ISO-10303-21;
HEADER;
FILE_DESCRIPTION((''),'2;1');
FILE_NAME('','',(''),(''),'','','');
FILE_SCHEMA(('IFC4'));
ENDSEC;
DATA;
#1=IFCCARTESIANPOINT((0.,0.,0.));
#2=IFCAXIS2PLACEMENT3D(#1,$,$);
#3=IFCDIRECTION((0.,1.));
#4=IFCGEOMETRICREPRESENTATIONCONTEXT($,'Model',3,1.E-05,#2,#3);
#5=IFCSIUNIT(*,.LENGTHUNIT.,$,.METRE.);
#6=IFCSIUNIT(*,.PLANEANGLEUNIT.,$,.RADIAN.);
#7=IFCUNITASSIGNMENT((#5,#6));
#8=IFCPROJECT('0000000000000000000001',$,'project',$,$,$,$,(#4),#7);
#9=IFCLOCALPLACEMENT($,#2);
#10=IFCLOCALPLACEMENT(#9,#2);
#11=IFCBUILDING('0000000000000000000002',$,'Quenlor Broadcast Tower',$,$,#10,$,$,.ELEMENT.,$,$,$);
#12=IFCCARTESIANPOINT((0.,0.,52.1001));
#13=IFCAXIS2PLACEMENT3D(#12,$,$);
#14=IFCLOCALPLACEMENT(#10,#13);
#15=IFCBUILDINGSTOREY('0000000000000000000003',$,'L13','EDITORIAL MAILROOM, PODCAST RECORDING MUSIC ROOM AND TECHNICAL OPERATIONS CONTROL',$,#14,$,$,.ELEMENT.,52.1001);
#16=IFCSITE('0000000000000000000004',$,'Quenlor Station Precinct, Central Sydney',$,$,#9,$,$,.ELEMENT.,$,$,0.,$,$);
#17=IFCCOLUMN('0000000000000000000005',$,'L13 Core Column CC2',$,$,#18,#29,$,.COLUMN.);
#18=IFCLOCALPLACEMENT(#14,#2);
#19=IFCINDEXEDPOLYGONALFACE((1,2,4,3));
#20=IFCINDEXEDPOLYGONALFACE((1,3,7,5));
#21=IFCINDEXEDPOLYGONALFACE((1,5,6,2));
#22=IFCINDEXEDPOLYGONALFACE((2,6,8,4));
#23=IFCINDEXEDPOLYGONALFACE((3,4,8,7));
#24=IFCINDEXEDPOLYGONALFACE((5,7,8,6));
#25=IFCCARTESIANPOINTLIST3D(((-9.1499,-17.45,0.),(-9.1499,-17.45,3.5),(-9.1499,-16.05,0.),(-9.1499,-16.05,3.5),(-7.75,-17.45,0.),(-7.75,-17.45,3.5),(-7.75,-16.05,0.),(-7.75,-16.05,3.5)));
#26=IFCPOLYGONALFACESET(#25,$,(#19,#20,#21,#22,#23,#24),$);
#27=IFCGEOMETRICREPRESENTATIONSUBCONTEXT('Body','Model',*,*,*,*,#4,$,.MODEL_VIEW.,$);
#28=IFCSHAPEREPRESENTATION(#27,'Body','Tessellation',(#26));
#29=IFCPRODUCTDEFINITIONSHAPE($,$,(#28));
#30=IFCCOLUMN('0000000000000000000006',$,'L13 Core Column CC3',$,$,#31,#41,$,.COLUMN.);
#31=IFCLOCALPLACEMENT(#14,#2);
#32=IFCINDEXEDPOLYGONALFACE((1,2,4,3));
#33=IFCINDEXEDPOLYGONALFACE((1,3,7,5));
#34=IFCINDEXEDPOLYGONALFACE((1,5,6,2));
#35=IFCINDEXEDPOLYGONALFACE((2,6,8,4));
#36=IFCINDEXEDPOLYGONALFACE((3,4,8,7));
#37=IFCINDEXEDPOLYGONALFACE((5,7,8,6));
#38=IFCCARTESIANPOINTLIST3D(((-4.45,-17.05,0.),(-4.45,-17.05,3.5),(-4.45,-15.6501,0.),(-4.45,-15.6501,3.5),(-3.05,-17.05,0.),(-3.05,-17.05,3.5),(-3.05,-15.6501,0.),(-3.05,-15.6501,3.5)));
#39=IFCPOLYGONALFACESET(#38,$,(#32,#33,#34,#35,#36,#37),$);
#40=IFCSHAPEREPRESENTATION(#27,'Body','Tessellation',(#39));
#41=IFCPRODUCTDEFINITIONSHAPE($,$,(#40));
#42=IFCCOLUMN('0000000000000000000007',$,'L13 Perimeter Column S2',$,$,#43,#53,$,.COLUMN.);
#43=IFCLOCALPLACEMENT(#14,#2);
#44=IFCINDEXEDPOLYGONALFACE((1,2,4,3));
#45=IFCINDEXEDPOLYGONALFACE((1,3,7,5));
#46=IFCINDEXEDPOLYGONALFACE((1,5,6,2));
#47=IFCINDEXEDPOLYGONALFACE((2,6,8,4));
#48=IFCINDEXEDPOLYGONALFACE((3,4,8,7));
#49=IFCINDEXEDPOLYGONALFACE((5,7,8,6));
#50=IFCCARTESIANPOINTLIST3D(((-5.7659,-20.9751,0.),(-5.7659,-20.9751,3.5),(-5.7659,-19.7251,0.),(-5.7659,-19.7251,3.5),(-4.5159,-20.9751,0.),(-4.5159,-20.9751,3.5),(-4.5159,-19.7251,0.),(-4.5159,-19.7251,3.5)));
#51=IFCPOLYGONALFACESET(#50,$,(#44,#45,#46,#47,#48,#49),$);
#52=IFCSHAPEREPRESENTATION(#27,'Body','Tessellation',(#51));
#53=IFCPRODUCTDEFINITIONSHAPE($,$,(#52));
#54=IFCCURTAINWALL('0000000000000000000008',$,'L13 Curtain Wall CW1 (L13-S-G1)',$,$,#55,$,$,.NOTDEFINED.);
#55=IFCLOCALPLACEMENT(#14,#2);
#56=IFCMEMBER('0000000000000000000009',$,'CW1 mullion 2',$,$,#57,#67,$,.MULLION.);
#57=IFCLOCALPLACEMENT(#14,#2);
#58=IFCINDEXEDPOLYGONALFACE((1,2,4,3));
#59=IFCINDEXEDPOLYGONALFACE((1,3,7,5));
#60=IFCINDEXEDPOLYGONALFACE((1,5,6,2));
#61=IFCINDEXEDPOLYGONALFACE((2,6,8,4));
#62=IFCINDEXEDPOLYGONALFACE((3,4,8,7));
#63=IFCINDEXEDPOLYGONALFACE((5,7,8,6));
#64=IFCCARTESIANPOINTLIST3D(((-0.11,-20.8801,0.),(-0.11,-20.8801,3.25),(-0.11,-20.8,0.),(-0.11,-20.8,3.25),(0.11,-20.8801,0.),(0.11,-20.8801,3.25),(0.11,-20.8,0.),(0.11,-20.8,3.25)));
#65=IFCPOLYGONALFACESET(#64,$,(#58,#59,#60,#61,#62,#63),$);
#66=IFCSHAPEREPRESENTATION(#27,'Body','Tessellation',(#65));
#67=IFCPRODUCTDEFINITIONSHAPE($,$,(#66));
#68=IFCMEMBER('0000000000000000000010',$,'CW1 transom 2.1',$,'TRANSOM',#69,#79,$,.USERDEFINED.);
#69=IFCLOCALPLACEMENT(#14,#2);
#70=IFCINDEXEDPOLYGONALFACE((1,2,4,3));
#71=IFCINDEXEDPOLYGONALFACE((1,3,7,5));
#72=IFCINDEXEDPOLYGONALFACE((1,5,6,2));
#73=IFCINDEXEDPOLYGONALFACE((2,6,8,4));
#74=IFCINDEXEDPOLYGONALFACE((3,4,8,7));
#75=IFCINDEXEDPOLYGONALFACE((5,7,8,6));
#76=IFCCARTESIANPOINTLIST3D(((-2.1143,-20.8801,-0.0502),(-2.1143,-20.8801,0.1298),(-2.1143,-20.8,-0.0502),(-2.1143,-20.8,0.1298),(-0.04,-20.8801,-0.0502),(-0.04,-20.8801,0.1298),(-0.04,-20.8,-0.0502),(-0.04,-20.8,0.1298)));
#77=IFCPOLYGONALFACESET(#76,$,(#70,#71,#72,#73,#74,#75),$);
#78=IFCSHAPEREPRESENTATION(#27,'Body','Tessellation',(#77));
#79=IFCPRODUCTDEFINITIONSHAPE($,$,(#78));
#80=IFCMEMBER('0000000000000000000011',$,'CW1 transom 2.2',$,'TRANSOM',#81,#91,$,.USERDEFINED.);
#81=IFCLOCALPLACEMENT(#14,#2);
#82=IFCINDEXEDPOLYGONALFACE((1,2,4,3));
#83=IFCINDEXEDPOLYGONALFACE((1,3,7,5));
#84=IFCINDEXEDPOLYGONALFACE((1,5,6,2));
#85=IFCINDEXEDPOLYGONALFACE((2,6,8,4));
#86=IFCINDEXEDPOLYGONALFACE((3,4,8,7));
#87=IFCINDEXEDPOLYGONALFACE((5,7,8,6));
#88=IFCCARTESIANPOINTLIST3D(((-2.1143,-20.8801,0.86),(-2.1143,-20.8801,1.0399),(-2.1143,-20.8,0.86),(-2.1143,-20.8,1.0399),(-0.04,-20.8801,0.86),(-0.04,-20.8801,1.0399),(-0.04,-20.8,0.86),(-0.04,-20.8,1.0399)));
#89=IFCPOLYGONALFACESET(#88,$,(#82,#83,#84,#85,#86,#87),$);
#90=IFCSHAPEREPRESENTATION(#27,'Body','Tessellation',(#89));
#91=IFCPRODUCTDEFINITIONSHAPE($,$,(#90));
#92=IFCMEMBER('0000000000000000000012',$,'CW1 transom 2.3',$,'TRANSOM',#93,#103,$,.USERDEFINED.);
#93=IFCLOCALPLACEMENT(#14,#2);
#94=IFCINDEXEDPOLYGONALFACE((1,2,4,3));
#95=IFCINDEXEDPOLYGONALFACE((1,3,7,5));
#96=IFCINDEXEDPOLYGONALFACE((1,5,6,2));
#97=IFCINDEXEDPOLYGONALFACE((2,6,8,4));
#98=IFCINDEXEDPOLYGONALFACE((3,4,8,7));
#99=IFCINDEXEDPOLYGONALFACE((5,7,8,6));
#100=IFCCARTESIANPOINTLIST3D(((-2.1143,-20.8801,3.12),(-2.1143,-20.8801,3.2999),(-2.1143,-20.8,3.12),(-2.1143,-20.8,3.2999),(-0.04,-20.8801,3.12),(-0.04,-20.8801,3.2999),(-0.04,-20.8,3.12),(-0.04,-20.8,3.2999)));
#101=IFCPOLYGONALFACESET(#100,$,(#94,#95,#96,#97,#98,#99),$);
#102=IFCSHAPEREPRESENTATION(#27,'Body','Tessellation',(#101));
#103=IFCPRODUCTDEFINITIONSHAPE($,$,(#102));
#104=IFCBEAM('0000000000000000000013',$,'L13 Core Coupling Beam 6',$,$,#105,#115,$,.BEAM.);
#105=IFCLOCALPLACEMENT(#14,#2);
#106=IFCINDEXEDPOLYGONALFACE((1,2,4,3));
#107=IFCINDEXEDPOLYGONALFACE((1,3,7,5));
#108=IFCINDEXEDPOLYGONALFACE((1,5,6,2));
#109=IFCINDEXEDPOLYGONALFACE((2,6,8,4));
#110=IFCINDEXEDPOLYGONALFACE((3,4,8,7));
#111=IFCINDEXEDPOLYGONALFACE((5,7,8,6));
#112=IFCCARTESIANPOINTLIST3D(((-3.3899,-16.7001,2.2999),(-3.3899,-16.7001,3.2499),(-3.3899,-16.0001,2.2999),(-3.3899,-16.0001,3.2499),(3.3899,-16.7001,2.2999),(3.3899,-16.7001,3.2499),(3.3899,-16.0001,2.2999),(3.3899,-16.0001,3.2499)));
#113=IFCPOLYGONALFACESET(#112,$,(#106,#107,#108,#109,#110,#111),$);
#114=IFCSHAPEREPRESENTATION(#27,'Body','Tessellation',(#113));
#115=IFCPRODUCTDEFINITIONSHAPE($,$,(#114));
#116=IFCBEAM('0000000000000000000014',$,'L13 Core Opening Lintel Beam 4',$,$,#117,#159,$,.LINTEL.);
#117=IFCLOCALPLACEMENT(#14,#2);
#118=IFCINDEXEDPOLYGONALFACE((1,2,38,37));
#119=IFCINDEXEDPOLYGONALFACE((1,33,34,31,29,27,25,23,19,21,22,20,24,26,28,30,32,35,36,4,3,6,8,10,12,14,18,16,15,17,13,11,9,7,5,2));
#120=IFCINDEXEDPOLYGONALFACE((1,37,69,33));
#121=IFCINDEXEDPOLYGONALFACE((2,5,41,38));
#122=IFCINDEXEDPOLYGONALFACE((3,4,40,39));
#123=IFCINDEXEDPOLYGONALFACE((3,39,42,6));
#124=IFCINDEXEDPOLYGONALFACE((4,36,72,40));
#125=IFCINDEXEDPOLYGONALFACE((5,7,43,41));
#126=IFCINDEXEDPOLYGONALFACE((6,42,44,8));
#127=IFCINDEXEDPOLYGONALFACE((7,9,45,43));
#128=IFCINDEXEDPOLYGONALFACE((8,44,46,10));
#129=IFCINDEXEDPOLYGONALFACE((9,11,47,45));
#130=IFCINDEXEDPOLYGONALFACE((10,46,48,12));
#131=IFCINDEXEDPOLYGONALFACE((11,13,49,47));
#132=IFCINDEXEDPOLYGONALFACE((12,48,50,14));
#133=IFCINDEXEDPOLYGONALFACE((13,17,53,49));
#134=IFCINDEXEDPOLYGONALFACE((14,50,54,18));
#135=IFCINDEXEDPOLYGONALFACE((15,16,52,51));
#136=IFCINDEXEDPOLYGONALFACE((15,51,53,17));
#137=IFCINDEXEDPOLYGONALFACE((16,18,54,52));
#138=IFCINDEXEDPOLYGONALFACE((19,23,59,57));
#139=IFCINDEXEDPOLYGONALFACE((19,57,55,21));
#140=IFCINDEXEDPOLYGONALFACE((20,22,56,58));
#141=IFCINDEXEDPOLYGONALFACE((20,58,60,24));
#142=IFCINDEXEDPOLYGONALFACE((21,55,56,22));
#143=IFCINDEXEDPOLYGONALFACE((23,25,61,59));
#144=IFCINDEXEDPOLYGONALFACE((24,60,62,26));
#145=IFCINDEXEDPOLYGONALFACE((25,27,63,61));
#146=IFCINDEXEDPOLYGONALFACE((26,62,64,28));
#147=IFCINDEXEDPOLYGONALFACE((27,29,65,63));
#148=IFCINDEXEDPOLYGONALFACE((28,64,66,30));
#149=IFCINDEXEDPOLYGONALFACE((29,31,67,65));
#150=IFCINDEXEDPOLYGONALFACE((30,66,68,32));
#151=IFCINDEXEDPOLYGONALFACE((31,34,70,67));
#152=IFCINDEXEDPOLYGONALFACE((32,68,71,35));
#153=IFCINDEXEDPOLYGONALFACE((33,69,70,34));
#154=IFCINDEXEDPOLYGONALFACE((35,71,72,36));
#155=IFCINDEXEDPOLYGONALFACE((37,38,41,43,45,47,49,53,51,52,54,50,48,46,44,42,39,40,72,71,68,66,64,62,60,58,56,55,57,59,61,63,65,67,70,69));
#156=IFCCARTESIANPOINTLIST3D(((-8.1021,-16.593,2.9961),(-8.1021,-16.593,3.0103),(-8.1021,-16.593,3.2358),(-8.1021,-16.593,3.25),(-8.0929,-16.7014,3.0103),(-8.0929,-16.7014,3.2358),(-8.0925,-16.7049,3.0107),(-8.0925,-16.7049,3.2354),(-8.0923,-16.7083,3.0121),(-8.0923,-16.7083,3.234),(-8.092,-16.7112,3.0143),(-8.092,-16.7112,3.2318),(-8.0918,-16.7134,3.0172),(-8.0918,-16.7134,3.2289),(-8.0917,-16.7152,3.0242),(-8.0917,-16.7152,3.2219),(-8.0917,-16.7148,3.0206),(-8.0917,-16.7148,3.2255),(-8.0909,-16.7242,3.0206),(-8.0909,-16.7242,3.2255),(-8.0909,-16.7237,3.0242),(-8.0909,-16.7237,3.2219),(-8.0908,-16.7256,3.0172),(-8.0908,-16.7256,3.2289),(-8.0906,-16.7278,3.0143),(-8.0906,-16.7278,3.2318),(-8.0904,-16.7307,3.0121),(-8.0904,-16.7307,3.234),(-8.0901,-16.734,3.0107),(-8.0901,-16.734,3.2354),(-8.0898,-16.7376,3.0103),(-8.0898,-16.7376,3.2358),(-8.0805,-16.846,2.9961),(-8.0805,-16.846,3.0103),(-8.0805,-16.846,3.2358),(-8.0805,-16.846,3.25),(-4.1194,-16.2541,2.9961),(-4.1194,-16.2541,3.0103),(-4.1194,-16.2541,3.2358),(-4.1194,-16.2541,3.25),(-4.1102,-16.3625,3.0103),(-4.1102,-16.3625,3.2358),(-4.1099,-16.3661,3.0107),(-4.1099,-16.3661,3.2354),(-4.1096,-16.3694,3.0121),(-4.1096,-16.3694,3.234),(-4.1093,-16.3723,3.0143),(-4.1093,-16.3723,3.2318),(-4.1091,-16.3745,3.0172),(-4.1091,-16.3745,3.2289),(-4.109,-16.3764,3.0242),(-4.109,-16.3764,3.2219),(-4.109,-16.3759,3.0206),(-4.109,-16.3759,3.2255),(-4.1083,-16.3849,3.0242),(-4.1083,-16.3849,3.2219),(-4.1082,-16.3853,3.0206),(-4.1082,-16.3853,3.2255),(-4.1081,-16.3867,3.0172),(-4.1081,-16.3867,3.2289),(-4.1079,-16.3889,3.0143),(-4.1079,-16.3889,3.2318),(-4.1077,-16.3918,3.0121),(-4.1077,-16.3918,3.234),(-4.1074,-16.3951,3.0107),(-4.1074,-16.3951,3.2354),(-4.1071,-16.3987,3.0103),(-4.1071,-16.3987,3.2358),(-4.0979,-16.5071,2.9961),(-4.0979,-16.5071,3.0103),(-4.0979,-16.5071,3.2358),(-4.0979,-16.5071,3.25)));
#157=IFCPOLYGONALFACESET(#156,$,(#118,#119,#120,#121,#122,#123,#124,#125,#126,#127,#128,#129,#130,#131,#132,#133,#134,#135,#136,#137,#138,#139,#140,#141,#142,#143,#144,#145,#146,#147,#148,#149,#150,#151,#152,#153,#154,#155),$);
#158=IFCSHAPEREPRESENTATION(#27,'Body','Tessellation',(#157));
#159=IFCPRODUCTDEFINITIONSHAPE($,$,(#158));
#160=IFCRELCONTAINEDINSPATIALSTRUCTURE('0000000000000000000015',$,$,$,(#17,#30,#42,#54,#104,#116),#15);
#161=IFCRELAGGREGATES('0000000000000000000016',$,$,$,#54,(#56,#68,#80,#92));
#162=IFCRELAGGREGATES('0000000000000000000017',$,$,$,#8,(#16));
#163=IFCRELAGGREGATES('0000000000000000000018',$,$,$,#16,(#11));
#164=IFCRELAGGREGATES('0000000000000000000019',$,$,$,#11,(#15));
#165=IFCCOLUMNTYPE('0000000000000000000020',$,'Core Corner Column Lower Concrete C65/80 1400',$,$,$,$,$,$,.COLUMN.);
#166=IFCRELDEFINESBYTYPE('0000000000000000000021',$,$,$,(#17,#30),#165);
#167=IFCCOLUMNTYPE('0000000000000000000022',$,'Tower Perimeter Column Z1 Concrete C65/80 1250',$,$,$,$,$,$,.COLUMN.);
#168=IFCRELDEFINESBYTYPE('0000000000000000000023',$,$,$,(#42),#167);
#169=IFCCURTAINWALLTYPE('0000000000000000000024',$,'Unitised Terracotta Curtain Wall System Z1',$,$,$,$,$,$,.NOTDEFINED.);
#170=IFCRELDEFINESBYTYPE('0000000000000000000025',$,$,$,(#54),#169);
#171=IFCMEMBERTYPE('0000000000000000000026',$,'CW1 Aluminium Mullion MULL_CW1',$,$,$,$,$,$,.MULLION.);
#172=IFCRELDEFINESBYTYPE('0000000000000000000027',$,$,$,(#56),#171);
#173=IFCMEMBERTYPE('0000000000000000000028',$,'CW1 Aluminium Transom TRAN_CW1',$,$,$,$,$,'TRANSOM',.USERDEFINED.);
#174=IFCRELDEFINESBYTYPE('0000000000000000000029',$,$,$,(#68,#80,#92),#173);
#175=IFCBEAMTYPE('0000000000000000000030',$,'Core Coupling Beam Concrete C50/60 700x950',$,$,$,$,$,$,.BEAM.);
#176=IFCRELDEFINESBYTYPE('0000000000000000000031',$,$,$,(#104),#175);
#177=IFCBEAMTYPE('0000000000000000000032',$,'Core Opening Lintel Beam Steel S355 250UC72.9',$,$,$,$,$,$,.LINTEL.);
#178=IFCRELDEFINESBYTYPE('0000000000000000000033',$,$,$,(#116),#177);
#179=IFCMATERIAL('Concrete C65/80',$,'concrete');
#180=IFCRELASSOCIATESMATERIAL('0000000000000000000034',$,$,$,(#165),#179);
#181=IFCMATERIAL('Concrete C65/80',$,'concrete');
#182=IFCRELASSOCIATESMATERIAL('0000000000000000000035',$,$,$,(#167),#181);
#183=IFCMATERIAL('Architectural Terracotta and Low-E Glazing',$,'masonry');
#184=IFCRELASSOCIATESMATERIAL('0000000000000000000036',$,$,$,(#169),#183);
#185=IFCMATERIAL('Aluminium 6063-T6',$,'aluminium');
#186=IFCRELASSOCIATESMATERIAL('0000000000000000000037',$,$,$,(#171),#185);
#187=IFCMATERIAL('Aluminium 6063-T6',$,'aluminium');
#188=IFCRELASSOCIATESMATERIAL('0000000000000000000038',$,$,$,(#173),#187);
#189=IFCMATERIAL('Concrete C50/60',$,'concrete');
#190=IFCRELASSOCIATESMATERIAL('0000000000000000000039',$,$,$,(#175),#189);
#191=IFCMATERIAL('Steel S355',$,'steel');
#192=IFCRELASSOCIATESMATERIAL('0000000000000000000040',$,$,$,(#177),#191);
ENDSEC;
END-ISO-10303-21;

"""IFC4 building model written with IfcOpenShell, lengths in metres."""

from ifc_helpers import new_model, si_unit, direction, frame, origin, origin_2d, place, context, subcontext, project, spatial, rectangle, i_section, extrude, material, material_profile, profile_set, type_object, element, aggregate, save


model = new_model("IFC4")

# Units and contexts
model_context = context("Model", 3, precision=1e-05, world=origin(), true_north=direction((0.0, 1.0)))
body_context = subcontext(model_context, "Body", "Model", "MODEL_VIEW")
ifc_project = project(units=[si_unit("LENGTHUNIT", "METRE"), si_unit("PLANEANGLEUNIT", "RADIAN")], contexts=[model_context])

# Site, building, storey
site_placement = place(None, origin())
site = spatial("IfcSite", under=ifc_project, at=site_placement, Name="Quenlor Station Precinct, Central Sydney", CompositionType="ELEMENT", RefElevation=0.0)
building_placement = place(site_placement, origin())
building = spatial("IfcBuilding", under=site, at=building_placement, Name="Quenlor Broadcast Tower", CompositionType="ELEMENT")
storey_placement = place(building_placement, frame((0.0, 0.0, 52.1001)))
storey = spatial("IfcBuildingStorey", under=building, at=storey_placement, Name="L13", Description="EDITORIAL MAILROOM, PODCAST RECORDING MUSIC ROOM AND TECHNICAL OPERATIONS CONTROL", CompositionType="ELEMENT", Elevation=52.1001)

# Columns
ifc_material_1 = material(Name="Concrete C65/80", Category="concrete")
ifc_material_profile_1 = material_profile(ifc_material_1, rectangle(XDim=1.3999, YDim=1.3999, at=origin_2d()))
ifc_profile_set_1 = profile_set([ifc_material_profile_1], Name="Concrete C65/80 RC1400x1400")
column_type_1 = type_object("IfcColumnType", Name="Core Corner Column Lower Concrete C65/80 1400", PredefinedType="COLUMN", material=ifc_profile_set_1)
for number, where, z_axis, x_axis, name in (
    (1, (-8.45, -16.75, 0.0), (0.0, 0.0, 1.0), (1.0, 0.0, 0.0), "L13 Core Column CC2"),
    (2, (-3.75, -16.3501, 0.0), (0.0, 0.0, 1.0), (1.0, 0.0, 0.0), "L13 Core Column CC3"),
):
    element("IfcColumn", number, at=place(storey_placement, frame(where, z_axis=z_axis, x_axis=x_axis)), inside=storey, type_object=column_type_1, Name=name, PredefinedType="COLUMN", context=body_context, shape_type="SweptSolid", body=[
        extrude(rectangle(XDim=1.3999, YDim=1.3999, at=origin_2d()), origin(), (0.0, 0.0, 1.0), 3.5),
    ])
ifc_material_2 = material(Name="Concrete C65/80", Category="concrete")
ifc_material_profile_2 = material_profile(ifc_material_2, rectangle(XDim=1.25, YDim=1.25, at=origin_2d()))
ifc_profile_set_2 = profile_set([ifc_material_profile_2], Name="Concrete C65/80 RC1250x1250")
column_type_2 = type_object("IfcColumnType", Name="Tower Perimeter Column Z1 Concrete C65/80 1250", PredefinedType="COLUMN", material=ifc_profile_set_2)
column_placement = place(storey_placement, frame((-5.1409, -20.3501, 0.0), z_axis=(0.0, 0.0, 1.0), x_axis=(0.0, 1.0, 0.0)))
element("IfcColumn", 3, at=column_placement, inside=storey, type_object=column_type_2, Name="L13 Perimeter Column S2", PredefinedType="COLUMN", context=body_context, shape_type="SweptSolid", body=[
    extrude(rectangle(XDim=1.25, YDim=1.25, at=origin_2d()), origin(), (0.0, 0.0, 1.0), 3.5),
])

# Curtain wall, members
ifc_material_3 = material(Name="Architectural Terracotta and Low-E Glazing", Category="masonry")
curtain_wall_type = type_object("IfcCurtainWallType", Name="Unitised Terracotta Curtain Wall System Z1", PredefinedType="NOTDEFINED", material=ifc_material_3)
curtain_wall_placement = place(storey_placement, origin())
curtain_wall = element("IfcCurtainWall", 4, at=curtain_wall_placement, inside=storey, type_object=curtain_wall_type, Name="L13 Curtain Wall CW1 (L13-S-G1)", PredefinedType="NOTDEFINED")
ifc_material_4 = material(Name="Aluminium 6063-T6", Category="aluminium")
ifc_material_profile_3 = material_profile(ifc_material_4, rectangle(XDim=0.0801, YDim=0.22, at=origin_2d()))
ifc_profile_set_3 = profile_set([ifc_material_profile_3], Name="Aluminium 6063-T6 MULL80x220")
member_type_1 = type_object("IfcMemberType", Name="CW1 Aluminium Mullion MULL_CW1", PredefinedType="MULLION", material=ifc_profile_set_3)
member_1_placement = place(storey_placement, frame((0.0, -20.8401, 0.0), z_axis=(0.0, 0.0, 1.0), x_axis=(0.0, -1.0, 0.0)))
member_1 = element("IfcMember", 5, at=member_1_placement, type_object=member_type_1, Name="CW1 mullion 2", PredefinedType="MULLION", context=body_context, shape_type="SweptSolid", body=[
    extrude(rectangle(XDim=0.0801, YDim=0.22, at=origin_2d()), origin(), (0.0, 0.0, 1.0), 3.25),
])
ifc_material_5 = material(Name="Aluminium 6063-T6", Category="aluminium")
ifc_material_profile_4 = material_profile(ifc_material_5, rectangle(XDim=0.0801, YDim=0.1799, at=origin_2d()))
ifc_profile_set_4 = profile_set([ifc_material_profile_4], Name="Aluminium 6063-T6 TRAN80x180")
member_type_2 = type_object("IfcMemberType", Name="CW1 Aluminium Transom TRAN_CW1", ElementType="TRANSOM", PredefinedType="USERDEFINED", material=ifc_profile_set_4)
member_2_placement = place(storey_placement, frame((-0.04, -20.8401, 0.0398), z_axis=(-1.0, 0.0, 0.0), x_axis=(0.0, -1.0, 0.0)))
member_2 = element("IfcMember", 6, at=member_2_placement, type_object=member_type_2, Name="CW1 transom 2.1", ObjectType="TRANSOM", PredefinedType="USERDEFINED", context=body_context, shape_type="SweptSolid", body=[
    extrude(rectangle(XDim=0.0801, YDim=0.1799, at=origin_2d()), origin(), (0.0, 0.0, 1.0), 2.0742),
])
member_3_placement = place(storey_placement, frame((-0.04, -20.8401, 0.95), z_axis=(-1.0, 0.0, 0.0), x_axis=(0.0, -1.0, 0.0)))
member_3 = element("IfcMember", 7, at=member_3_placement, type_object=member_type_2, Name="CW1 transom 2.2", ObjectType="TRANSOM", PredefinedType="USERDEFINED", context=body_context, shape_type="SweptSolid", body=[
    extrude(rectangle(XDim=0.0801, YDim=0.1799, at=origin_2d()), origin(), (0.0, 0.0, 1.0), 2.0742),
])
member_4_placement = place(storey_placement, frame((-0.04, -20.8401, 3.21), z_axis=(-1.0, 0.0, 0.0), x_axis=(0.0, -1.0, 0.0)))
member_4 = element("IfcMember", 8, at=member_4_placement, type_object=member_type_2, Name="CW1 transom 2.3", ObjectType="TRANSOM", PredefinedType="USERDEFINED", context=body_context, shape_type="SweptSolid", body=[
    extrude(rectangle(XDim=0.0801, YDim=0.1799, at=origin_2d()), origin(), (0.0, 0.0, 1.0), 2.0742),
])
aggregate(curtain_wall, [member_1, member_2, member_3, member_4])

# Beams
ifc_material_6 = material(Name="Concrete C50/60", Category="concrete")
ifc_material_profile_5 = material_profile(ifc_material_6, rectangle(XDim=0.7, YDim=0.95, at=origin_2d()))
ifc_profile_set_5 = profile_set([ifc_material_profile_5], Name="Concrete C50/60 RCB700x950")
beam_type_1 = type_object("IfcBeamType", Name="Core Coupling Beam Concrete C50/60 700x950", PredefinedType="BEAM", material=ifc_profile_set_5)
beam_1_placement = place(storey_placement, frame((-3.3899, -16.3501, 2.7749), z_axis=(1.0, 0.0, 0.0), x_axis=(0.0, 1.0, 0.0)))
element("IfcBeam", 9, at=beam_1_placement, inside=storey, type_object=beam_type_1, Name="L13 Core Coupling Beam 6", PredefinedType="BEAM", context=body_context, shape_type="SweptSolid", body=[
    extrude(rectangle(XDim=0.7, YDim=0.95, at=origin_2d()), origin(), (0.0, 0.0, 1.0), 6.7798),
])
ifc_material_7 = material(Name="Steel S355", Category="steel")
ifc_material_profile_6 = material_profile(ifc_material_7, i_section(OverallWidth=0.2539, OverallDepth=0.2539, WebThickness=0.0085, FlangeThickness=0.0142, FilletRadius=0.0139, at=origin_2d()))
ifc_profile_set_6 = profile_set([ifc_material_profile_6], Name="Steel S355 250UC72.9")
beam_type_2 = type_object("IfcBeamType", Name="Core Opening Lintel Beam Steel S355 250UC72.9", PredefinedType="LINTEL", material=ifc_profile_set_6)
beam_2_placement = place(storey_placement, frame((-8.0913, -16.7195, 3.123), z_axis=(0.9964, 0.084779, 0.0), x_axis=(-0.084779, 0.9964, 0.0)))
element("IfcBeam", 10, at=beam_2_placement, inside=storey, type_object=beam_type_2, Name="L13 Core Opening Lintel Beam 4", PredefinedType="LINTEL", context=body_context, shape_type="SweptSolid", body=[
    extrude(i_section(OverallWidth=0.2539, OverallDepth=0.2539, WebThickness=0.0085, FlangeThickness=0.0142, FilletRadius=0.0139, at=origin_2d()), origin(), (0.0, 0.0, 1.0), 3.9971),
])

save(model, "model.ifc")
